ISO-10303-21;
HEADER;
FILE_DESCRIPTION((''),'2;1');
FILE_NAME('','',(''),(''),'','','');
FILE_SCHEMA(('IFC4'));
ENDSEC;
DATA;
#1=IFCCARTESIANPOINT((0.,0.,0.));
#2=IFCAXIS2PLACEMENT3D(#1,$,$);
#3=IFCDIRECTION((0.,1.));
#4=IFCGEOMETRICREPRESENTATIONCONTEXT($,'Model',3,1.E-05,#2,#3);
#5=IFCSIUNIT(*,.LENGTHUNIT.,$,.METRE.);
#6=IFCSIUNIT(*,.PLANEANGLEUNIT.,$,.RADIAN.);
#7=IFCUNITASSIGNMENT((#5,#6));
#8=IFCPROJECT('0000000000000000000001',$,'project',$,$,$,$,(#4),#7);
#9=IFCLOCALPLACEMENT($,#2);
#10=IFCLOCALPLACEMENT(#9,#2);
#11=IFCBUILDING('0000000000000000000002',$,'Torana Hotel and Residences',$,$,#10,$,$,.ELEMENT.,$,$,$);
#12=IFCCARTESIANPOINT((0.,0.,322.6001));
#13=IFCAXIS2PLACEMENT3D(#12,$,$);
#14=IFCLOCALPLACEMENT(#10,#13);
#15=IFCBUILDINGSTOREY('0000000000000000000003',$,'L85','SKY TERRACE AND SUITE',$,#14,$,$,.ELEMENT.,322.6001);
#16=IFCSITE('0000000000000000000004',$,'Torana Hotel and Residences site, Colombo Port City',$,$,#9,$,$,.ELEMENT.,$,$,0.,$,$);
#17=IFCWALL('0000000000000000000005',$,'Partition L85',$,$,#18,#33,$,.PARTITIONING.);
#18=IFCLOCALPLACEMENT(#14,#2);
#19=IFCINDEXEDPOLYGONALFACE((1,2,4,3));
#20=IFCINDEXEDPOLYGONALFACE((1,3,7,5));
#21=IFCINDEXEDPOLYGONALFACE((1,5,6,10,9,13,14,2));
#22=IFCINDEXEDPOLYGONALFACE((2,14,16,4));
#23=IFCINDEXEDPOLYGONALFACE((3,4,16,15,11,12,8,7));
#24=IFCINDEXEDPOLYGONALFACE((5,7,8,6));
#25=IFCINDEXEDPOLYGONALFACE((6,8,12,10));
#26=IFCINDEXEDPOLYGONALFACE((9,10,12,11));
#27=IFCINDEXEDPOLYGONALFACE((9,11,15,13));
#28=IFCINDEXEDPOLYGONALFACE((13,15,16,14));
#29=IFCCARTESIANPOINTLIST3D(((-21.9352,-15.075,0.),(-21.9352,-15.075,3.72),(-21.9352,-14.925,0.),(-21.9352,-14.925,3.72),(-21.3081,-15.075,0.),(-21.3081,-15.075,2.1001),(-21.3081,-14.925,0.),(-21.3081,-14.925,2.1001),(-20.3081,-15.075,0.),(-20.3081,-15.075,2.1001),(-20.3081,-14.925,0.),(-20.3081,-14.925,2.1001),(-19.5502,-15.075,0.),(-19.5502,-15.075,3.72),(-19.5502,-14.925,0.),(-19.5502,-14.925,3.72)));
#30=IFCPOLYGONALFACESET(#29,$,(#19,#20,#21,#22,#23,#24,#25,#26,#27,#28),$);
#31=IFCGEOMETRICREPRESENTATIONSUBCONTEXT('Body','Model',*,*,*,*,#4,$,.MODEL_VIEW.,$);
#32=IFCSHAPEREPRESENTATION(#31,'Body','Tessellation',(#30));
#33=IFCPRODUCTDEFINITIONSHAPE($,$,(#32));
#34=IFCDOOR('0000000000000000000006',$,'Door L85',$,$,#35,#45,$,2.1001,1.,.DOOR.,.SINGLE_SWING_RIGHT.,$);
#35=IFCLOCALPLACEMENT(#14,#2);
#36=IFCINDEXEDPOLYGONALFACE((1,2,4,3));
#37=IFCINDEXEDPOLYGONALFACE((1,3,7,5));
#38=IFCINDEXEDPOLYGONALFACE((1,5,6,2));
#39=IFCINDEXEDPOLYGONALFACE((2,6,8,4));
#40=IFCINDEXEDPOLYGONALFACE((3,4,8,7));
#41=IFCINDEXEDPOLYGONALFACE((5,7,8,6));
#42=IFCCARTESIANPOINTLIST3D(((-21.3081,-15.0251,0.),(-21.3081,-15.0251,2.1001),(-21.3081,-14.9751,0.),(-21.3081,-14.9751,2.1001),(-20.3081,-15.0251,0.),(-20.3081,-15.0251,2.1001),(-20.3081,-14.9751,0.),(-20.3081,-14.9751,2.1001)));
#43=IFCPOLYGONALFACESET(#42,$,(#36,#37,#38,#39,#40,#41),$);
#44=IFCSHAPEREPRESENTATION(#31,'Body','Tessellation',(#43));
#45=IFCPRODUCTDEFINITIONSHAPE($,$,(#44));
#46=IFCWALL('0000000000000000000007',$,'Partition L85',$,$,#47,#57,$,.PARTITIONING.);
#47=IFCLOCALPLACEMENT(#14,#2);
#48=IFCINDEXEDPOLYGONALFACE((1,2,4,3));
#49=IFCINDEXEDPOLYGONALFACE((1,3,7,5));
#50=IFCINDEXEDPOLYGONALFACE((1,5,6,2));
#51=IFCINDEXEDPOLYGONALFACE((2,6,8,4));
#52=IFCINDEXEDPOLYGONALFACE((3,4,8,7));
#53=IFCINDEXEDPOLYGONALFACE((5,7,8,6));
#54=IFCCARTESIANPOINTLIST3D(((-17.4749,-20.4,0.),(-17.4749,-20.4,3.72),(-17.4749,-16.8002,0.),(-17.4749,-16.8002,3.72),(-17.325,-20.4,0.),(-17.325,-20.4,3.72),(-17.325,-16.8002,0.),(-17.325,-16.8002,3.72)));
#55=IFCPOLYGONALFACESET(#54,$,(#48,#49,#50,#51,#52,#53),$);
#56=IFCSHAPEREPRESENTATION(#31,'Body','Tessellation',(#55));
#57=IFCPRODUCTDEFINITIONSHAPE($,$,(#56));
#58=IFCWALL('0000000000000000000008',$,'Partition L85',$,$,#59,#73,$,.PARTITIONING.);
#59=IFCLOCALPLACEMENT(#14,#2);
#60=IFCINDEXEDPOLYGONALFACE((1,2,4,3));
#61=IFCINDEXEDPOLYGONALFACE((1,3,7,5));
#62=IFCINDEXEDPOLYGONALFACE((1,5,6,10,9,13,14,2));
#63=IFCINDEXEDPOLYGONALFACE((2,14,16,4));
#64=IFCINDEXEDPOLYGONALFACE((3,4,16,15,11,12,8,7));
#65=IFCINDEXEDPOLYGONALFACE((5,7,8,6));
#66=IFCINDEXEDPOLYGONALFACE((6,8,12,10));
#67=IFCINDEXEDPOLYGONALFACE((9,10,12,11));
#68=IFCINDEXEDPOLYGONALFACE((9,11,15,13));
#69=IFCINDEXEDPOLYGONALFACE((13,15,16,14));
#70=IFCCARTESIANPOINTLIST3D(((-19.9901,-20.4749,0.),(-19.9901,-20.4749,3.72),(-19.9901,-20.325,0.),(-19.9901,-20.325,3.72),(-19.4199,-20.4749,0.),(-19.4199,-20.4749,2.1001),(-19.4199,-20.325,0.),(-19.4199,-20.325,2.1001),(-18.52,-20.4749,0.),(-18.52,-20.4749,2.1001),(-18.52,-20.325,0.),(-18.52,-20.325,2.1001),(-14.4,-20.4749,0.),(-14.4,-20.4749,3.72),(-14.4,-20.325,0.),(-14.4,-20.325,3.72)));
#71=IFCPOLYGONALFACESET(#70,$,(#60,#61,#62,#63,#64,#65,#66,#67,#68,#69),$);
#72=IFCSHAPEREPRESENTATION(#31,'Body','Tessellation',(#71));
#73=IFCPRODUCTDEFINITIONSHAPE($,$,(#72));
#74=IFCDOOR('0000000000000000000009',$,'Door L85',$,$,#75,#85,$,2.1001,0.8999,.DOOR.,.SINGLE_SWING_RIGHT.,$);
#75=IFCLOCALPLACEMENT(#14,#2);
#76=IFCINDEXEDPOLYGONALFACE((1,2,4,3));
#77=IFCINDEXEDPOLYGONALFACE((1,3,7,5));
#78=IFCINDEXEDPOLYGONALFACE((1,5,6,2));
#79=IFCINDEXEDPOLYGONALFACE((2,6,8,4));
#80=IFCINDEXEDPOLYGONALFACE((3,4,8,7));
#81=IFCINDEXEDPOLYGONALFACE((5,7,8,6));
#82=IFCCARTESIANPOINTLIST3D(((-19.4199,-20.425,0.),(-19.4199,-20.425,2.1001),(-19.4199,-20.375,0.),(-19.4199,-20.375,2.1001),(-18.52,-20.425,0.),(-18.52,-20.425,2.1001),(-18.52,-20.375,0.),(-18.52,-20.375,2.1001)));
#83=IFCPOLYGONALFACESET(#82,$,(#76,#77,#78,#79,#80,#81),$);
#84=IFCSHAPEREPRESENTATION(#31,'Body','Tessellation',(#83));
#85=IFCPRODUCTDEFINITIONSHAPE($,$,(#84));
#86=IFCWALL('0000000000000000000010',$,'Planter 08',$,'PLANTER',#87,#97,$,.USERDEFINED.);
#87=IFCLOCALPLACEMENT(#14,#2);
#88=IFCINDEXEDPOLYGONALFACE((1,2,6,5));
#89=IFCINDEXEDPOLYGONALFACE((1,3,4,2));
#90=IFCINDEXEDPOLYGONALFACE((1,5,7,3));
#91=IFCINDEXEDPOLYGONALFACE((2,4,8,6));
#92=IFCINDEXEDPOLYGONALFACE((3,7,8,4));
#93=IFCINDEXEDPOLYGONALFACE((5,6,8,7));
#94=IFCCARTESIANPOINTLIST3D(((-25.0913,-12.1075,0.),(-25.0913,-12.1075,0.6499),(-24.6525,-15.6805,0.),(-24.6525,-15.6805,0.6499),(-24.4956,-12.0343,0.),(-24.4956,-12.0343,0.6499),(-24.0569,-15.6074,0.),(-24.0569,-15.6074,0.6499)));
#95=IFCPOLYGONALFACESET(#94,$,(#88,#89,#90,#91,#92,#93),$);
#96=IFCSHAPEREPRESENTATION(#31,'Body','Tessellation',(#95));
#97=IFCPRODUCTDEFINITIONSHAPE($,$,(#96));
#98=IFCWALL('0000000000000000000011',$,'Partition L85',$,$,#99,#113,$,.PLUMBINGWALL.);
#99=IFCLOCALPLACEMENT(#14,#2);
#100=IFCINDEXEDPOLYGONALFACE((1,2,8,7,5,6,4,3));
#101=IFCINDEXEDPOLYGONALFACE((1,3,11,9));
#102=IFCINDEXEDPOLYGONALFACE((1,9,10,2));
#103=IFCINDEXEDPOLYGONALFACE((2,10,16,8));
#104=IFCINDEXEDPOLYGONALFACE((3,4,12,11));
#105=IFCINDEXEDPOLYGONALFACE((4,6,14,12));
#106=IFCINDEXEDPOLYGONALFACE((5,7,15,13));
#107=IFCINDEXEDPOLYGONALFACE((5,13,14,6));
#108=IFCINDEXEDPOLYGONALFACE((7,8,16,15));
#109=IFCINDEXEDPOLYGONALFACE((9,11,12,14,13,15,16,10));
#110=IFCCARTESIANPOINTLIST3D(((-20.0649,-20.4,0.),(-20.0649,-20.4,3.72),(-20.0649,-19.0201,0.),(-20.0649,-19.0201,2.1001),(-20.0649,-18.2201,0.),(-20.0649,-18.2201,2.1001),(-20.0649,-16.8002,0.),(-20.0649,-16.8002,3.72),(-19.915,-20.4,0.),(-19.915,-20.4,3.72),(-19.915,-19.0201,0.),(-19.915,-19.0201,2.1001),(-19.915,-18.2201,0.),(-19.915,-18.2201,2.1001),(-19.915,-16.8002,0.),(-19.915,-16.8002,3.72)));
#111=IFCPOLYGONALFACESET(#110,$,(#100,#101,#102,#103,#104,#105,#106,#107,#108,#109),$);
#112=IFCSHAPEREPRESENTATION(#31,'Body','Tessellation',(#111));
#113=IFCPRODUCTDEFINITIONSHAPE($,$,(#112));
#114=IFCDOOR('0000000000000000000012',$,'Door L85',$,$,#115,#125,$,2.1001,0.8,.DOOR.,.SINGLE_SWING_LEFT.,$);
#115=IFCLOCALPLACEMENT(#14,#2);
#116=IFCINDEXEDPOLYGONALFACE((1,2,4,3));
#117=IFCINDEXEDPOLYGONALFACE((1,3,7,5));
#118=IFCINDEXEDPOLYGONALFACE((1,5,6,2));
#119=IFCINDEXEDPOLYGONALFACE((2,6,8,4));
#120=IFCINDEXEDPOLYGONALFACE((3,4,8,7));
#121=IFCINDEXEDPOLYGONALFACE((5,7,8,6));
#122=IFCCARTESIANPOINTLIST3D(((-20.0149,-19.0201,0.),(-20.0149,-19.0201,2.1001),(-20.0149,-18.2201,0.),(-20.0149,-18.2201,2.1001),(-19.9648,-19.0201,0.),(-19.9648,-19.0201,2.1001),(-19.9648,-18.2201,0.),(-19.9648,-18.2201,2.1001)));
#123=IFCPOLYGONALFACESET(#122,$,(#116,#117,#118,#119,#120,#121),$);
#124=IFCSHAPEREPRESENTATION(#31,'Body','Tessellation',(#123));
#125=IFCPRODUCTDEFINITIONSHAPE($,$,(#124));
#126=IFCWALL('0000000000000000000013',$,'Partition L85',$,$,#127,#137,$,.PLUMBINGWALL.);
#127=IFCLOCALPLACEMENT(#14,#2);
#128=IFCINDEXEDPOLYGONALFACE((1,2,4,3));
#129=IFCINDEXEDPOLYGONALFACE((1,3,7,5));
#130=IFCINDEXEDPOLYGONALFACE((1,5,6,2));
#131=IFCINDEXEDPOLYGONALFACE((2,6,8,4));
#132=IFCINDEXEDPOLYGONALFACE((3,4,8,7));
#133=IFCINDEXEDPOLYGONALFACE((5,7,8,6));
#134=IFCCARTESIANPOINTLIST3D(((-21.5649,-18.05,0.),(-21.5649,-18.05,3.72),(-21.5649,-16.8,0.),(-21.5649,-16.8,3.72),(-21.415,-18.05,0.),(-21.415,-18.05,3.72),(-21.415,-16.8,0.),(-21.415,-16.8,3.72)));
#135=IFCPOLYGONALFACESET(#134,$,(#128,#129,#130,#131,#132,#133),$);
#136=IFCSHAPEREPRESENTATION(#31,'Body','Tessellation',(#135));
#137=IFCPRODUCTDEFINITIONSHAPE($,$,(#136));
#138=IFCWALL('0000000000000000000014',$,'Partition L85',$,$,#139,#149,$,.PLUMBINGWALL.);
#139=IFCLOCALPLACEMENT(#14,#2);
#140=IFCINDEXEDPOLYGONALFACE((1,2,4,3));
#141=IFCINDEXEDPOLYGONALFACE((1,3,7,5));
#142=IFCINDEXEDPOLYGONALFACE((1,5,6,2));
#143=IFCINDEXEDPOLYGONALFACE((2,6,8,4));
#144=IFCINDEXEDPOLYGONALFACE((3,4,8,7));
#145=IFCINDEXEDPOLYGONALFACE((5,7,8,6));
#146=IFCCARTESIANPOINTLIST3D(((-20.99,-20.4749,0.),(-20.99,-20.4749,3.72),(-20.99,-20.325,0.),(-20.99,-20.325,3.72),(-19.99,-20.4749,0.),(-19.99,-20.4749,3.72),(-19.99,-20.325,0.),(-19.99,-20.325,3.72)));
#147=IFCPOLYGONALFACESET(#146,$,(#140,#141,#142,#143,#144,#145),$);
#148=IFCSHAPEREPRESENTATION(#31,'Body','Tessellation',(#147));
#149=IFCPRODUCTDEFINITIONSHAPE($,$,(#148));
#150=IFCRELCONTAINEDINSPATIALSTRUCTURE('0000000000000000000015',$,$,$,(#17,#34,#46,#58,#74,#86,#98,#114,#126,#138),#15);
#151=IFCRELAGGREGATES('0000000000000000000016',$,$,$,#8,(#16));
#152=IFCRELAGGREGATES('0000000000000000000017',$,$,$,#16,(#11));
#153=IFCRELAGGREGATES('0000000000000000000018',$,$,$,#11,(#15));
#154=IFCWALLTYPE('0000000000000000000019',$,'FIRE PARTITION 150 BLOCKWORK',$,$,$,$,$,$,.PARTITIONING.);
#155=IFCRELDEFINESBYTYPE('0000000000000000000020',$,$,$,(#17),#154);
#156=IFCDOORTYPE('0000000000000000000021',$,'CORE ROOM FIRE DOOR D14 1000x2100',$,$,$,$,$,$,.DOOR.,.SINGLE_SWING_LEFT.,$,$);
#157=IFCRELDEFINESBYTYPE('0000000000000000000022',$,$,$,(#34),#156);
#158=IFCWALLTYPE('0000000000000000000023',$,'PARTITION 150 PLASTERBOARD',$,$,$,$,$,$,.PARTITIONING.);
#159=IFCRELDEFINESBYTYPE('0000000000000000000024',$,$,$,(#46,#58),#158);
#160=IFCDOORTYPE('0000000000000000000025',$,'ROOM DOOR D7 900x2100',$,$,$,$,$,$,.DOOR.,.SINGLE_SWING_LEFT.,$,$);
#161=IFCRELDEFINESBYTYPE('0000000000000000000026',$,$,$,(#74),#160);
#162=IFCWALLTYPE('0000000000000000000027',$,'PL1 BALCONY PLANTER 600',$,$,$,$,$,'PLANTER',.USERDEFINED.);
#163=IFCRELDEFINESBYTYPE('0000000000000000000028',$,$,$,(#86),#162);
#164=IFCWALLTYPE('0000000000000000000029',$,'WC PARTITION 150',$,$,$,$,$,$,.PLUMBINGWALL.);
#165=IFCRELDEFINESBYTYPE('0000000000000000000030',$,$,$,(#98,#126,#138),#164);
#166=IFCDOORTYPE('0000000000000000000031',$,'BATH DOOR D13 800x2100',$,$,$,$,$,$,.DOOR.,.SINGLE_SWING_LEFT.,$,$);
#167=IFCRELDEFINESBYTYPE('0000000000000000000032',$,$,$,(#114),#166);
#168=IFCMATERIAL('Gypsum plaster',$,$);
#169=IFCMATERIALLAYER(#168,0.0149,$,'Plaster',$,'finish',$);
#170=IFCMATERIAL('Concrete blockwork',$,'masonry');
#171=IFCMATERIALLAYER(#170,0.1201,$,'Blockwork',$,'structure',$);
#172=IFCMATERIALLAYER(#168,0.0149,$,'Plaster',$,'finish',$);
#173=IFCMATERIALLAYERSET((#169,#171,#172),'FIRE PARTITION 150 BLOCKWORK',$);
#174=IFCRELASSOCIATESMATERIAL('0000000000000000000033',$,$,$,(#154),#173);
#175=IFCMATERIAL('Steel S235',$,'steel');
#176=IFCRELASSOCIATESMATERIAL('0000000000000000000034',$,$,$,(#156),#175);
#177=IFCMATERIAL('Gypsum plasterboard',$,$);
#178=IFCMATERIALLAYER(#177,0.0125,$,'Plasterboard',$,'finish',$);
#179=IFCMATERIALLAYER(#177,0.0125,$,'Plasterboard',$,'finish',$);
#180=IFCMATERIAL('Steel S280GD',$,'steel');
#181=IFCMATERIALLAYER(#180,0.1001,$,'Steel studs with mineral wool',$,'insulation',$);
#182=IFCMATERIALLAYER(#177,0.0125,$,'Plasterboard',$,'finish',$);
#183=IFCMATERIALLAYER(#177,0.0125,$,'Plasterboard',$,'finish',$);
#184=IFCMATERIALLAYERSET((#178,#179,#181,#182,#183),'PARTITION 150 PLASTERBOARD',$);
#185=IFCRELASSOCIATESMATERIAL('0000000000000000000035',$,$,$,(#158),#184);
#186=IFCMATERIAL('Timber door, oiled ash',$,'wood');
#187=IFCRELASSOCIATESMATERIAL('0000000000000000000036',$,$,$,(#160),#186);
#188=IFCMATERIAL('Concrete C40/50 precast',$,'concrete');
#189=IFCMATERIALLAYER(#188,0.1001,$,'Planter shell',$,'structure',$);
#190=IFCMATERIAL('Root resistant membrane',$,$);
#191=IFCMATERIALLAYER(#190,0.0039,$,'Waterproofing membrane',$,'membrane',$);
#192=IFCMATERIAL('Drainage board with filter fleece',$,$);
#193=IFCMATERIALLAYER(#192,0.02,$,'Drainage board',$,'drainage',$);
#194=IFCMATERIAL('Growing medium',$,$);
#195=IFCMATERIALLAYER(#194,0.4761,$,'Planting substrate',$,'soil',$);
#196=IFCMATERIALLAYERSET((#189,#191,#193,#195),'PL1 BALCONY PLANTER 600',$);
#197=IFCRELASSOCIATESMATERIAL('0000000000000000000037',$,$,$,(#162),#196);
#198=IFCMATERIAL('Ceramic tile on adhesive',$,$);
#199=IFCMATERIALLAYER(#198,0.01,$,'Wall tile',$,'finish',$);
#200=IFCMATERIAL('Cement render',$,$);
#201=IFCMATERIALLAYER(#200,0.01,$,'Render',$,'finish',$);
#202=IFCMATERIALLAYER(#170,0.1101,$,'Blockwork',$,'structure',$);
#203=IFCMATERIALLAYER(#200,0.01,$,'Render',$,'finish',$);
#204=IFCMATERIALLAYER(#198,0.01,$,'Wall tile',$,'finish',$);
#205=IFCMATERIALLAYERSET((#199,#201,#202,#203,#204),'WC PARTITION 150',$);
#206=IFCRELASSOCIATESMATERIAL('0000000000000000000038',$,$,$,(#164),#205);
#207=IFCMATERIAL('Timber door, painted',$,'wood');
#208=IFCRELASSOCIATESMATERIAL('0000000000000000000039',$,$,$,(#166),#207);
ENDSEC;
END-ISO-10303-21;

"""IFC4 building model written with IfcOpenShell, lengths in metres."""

from ifc_helpers import new_model, si_unit, direction, frame, frame_2d, origin, place, context, subcontext, project, spatial, rectangle, extrude, material, layer, layer_set, type_object, element, fill, save


model = new_model("IFC4")

# Units and contexts
model_context = context("Model", 3, precision=1e-05, world=origin(), true_north=direction((0.0, 1.0)))
body_context = subcontext(model_context, "Body", "Model", "MODEL_VIEW")
ifc_project = project(units=[si_unit("LENGTHUNIT", "METRE"), si_unit("PLANEANGLEUNIT", "RADIAN")], contexts=[model_context])

# Site, building, storey
site_placement = place(None, origin())
site = spatial("IfcSite", under=ifc_project, at=site_placement, Name="Torana Hotel and Residences site, Colombo Port City", CompositionType="ELEMENT", RefElevation=0.0)
building_placement = place(site_placement, origin())
building = spatial("IfcBuilding", under=site, at=building_placement, Name="Torana Hotel and Residences", CompositionType="ELEMENT")
storey_placement = place(building_placement, frame((0.0, 0.0, 322.6001)))
storey = spatial("IfcBuildingStorey", under=building, at=storey_placement, Name="L85", Description="SKY TERRACE AND SUITE", CompositionType="ELEMENT", Elevation=322.6001)

# Shared definitions
ifc_material_1 = material(Name="Gypsum plaster")
ifc_layer_1 = layer(ifc_material_1, 0.0149, Name="Plaster", Category="finish")
ifc_material_2 = material(Name="Concrete blockwork", Category="masonry")
ifc_layer_2 = layer(ifc_material_2, 0.1201, Name="Blockwork", Category="structure")
ifc_layer_3 = layer(ifc_material_1, 0.0149, Name="Plaster", Category="finish")
ifc_layer_set_1 = layer_set([ifc_layer_1, ifc_layer_2, ifc_layer_3], Name="FIRE PARTITION 150 BLOCKWORK")
wall_type_1 = type_object("IfcWallType", Name="FIRE PARTITION 150 BLOCKWORK", PredefinedType="PARTITIONING", material=ifc_layer_set_1)

# Wall, opening, door
wall_1_placement = place(storey_placement, frame((-21.9351, -15.0, 0.0), z_axis=(0.0, 0.0, 1.0), x_axis=(1.0, 0.0, 0.0)))
wall_1 = element("IfcWall", 1, at=wall_1_placement, inside=storey, type_object=wall_type_1, Name="Partition L85", PredefinedType="PARTITIONING", context=body_context, shape_type="SweptSolid", body=[
    extrude(rectangle(XDim=2.385, YDim=0.1499, at=frame_2d((1.1924, 0.0))), origin(), (0.0, 0.0, 1.0), 3.72),
])
opening_1_placement = place(wall_1_placement, frame((0.627, 0.0, 0.0)))
opening_1 = element("IfcOpeningElement", 2, at=opening_1_placement, cuts=wall_1, PredefinedType="OPENING", context=body_context, shape_type="SweptSolid", body=[
    extrude(rectangle(XDim=1.0, YDim=2.1001, at=frame_2d((0.5, 1.05))), frame((0.0, 0.085, 0.0), z_axis=(0.0, -1.0, 0.0), x_axis=(1.0, 0.0, 0.0)), (0.0, 0.0, 1.0), 0.1699),
])
ifc_material_3 = material(Name="Steel S235", Category="steel")
door_type_1 = type_object("IfcDoorType", Name="CORE ROOM FIRE DOOR D14 1000x2100", OperationType="SINGLE_SWING_LEFT", PredefinedType="DOOR", material=ifc_material_3)
door_1_placement = place(opening_1_placement, origin())
door_1 = element("IfcDoor", 3, at=door_1_placement, inside=storey, type_object=door_type_1, Name="Door L85", OperationType="SINGLE_SWING_RIGHT", OverallHeight=2.1001, OverallWidth=1.0, PredefinedType="DOOR", context=body_context, shape_type="SweptSolid", body=[
    extrude(rectangle(XDim=1.0, YDim=2.1001, at=frame_2d((0.5, 1.05))), frame((0.0, 0.0249, 0.0), z_axis=(0.0, -1.0, 0.0), x_axis=(1.0, 0.0, 0.0)), (0.0, 0.0, 1.0), 0.05),
])
fill(opening_1, door_1)

# Wall
ifc_material_4 = material(Name="Gypsum plasterboard")
ifc_layer_4 = layer(ifc_material_4, 0.0125, Name="Plasterboard", Category="finish")
ifc_layer_5 = layer(ifc_material_4, 0.0125, Name="Plasterboard", Category="finish")
ifc_material_5 = material(Name="Steel S280GD", Category="steel")
ifc_layer_6 = layer(ifc_material_5, 0.1001, Name="Steel studs with mineral wool", Category="insulation")
ifc_layer_7 = layer(ifc_material_4, 0.0125, Name="Plasterboard", Category="finish")
ifc_layer_8 = layer(ifc_material_4, 0.0125, Name="Plasterboard", Category="finish")
ifc_layer_set_2 = layer_set([ifc_layer_4, ifc_layer_5, ifc_layer_6, ifc_layer_7, ifc_layer_8], Name="PARTITION 150 PLASTERBOARD")
wall_type_2 = type_object("IfcWallType", Name="PARTITION 150 PLASTERBOARD", PredefinedType="PARTITIONING", material=ifc_layer_set_2)
wall_2_placement = place(storey_placement, frame((-17.3999, -20.3999, 0.0), z_axis=(0.0, 0.0, 1.0), x_axis=(0.0, 1.0, 0.0)))
element("IfcWall", 4, at=wall_2_placement, inside=storey, type_object=wall_type_2, Name="Partition L85", PredefinedType="PARTITIONING", context=body_context, shape_type="SweptSolid", body=[
    extrude(rectangle(XDim=3.5999, YDim=0.1499, at=frame_2d((1.7998, 0.0))), origin(), (0.0, 0.0, 1.0), 3.72),
])

# Wall, opening, door
wall_3_placement = place(storey_placement, frame((-19.99, -20.3999, 0.0), z_axis=(0.0, 0.0, 1.0), x_axis=(1.0, 0.0, 0.0)))
wall_3 = element("IfcWall", 5, at=wall_3_placement, inside=storey, type_object=wall_type_2, Name="Partition L85", PredefinedType="PARTITIONING", context=body_context, shape_type="SweptSolid", body=[
    extrude(rectangle(XDim=5.5901, YDim=0.1499, at=frame_2d((2.7949, 0.0))), origin(), (0.0, 0.0, 1.0), 3.72),
])
opening_2_placement = place(wall_3_placement, frame((0.5701, 0.0, 0.0)))
opening_2 = element("IfcOpeningElement", 6, at=opening_2_placement, cuts=wall_3, PredefinedType="OPENING", context=body_context, shape_type="SweptSolid", body=[
    extrude(rectangle(XDim=0.8999, YDim=2.1001, at=frame_2d((0.45, 1.05))), frame((0.0, 0.085, 0.0), z_axis=(0.0, -1.0, 0.0), x_axis=(1.0, 0.0, 0.0)), (0.0, 0.0, 1.0), 0.1699),
])
ifc_material_6 = material(Name="Timber door, oiled ash", Category="wood")
door_type_2 = type_object("IfcDoorType", Name="ROOM DOOR D7 900x2100", OperationType="SINGLE_SWING_LEFT", PredefinedType="DOOR", material=ifc_material_6)
door_2_placement = place(opening_2_placement, origin())
door_2 = element("IfcDoor", 7, at=door_2_placement, inside=storey, type_object=door_type_2, Name="Door L85", OperationType="SINGLE_SWING_RIGHT", OverallHeight=2.1001, OverallWidth=0.8999, PredefinedType="DOOR", context=body_context, shape_type="SweptSolid", body=[
    extrude(rectangle(XDim=0.8999, YDim=2.1001, at=frame_2d((0.45, 1.05))), frame((0.0, 0.0249, 0.0), z_axis=(0.0, -1.0, 0.0), x_axis=(1.0, 0.0, 0.0)), (0.0, 0.0, 1.0), 0.05),
])
fill(opening_2, door_2)

# Wall
ifc_material_7 = material(Name="Concrete C40/50 precast", Category="concrete")
ifc_layer_9 = layer(ifc_material_7, 0.1001, Name="Planter shell", Category="structure")
ifc_material_8 = material(Name="Root resistant membrane")
ifc_layer_10 = layer(ifc_material_8, 0.0039, Name="Waterproofing membrane", Category="membrane")
ifc_material_9 = material(Name="Drainage board with filter fleece")
ifc_layer_11 = layer(ifc_material_9, 0.02, Name="Drainage board", Category="drainage")
ifc_material_10 = material(Name="Growing medium")
ifc_layer_12 = layer(ifc_material_10, 0.4761, Name="Planting substrate", Category="soil")
ifc_layer_set_3 = layer_set([ifc_layer_9, ifc_layer_10, ifc_layer_11, ifc_layer_12], Name="PL1 BALCONY PLANTER 600")
wall_type_3 = type_object("IfcWallType", Name="PL1 BALCONY PLANTER 600", ElementType="PLANTER", PredefinedType="USERDEFINED", material=ifc_layer_set_3)
wall_4_placement = place(storey_placement, frame((-24.3547, -15.6438, 0.0), z_axis=(0.0, 0.0, 1.0), x_axis=(-0.121873, 0.992546, 0.0)))
element("IfcWall", 8, at=wall_4_placement, inside=storey, type_object=wall_type_3, Name="Planter 08", ObjectType="PLANTER", PredefinedType="USERDEFINED", context=body_context, shape_type="SweptSolid", body=[
    extrude(rectangle(XDim=3.5999, YDim=0.6001, at=frame_2d((1.7998, 0.0))), origin(), (0.0, 0.0, 1.0), 0.6499),
])

# Wall, opening, door
ifc_material_11 = material(Name="Ceramic tile on adhesive")
ifc_layer_13 = layer(ifc_material_11, 0.01, Name="Wall tile", Category="finish")
ifc_material_12 = material(Name="Cement render")
ifc_layer_14 = layer(ifc_material_12, 0.01, Name="Render", Category="finish")
ifc_layer_15 = layer(ifc_material_2, 0.1101, Name="Blockwork", Category="structure")
ifc_layer_16 = layer(ifc_material_12, 0.01, Name="Render", Category="finish")
ifc_layer_17 = layer(ifc_material_11, 0.01, Name="Wall tile", Category="finish")
ifc_layer_set_4 = layer_set([ifc_layer_13, ifc_layer_14, ifc_layer_15, ifc_layer_16, ifc_layer_17], Name="WC PARTITION 150")
wall_type_4 = type_object("IfcWallType", Name="WC PARTITION 150", PredefinedType="PLUMBINGWALL", material=ifc_layer_set_4)
wall_5_placement = place(storey_placement, frame((-19.99, -20.3999, 0.0), z_axis=(0.0, 0.0, 1.0), x_axis=(0.0, 1.0, 0.0)))
wall_5 = element("IfcWall", 9, at=wall_5_placement, inside=storey, type_object=wall_type_4, Name="Partition L85", PredefinedType="PLUMBINGWALL", context=body_context, shape_type="SweptSolid", body=[
    extrude(rectangle(XDim=3.5999, YDim=0.1499, at=frame_2d((1.7998, 0.0))), origin(), (0.0, 0.0, 1.0), 3.72),
])
opening_3_placement = place(wall_5_placement, frame((1.3799, 0.0, 0.0)))
opening_3 = element("IfcOpeningElement", 10, at=opening_3_placement, cuts=wall_5, PredefinedType="OPENING", context=body_context, shape_type="SweptSolid", body=[
    extrude(rectangle(XDim=0.8, YDim=2.1001, at=frame_2d((0.3999, 1.05))), frame((0.0, 0.085, 0.0), z_axis=(0.0, -1.0, 0.0), x_axis=(1.0, 0.0, 0.0)), (0.0, 0.0, 1.0), 0.1699),
])
ifc_material_13 = material(Name="Timber door, painted", Category="wood")
door_type_3 = type_object("IfcDoorType", Name="BATH DOOR D13 800x2100", OperationType="SINGLE_SWING_LEFT", PredefinedType="DOOR", material=ifc_material_13)
door_3_placement = place(opening_3_placement, origin())
door_3 = element("IfcDoor", 11, at=door_3_placement, inside=storey, type_object=door_type_3, Name="Door L85", OperationType="SINGLE_SWING_LEFT", OverallHeight=2.1001, OverallWidth=0.8, PredefinedType="DOOR", context=body_context, shape_type="SweptSolid", body=[
    extrude(rectangle(XDim=0.8, YDim=2.1001, at=frame_2d((0.3999, 1.05))), frame((0.0, 0.0249, 0.0), z_axis=(0.0, -1.0, 0.0), x_axis=(1.0, 0.0, 0.0)), (0.0, 0.0, 1.0), 0.05),
])
fill(opening_3, door_3)

# Walls
wall_6_placement = place(storey_placement, frame((-21.49, -18.05, 0.0), z_axis=(0.0, 0.0, 1.0), x_axis=(0.0, 1.0, 0.0)))
element("IfcWall", 12, at=wall_6_placement, inside=storey, type_object=wall_type_4, Name="Partition L85", PredefinedType="PLUMBINGWALL", context=body_context, shape_type="SweptSolid", body=[
    extrude(rectangle(XDim=1.25, YDim=0.1499, at=frame_2d((0.625, 0.0))), origin(), (0.0, 0.0, 1.0), 3.72),
])
wall_7_placement = place(storey_placement, frame((-20.99, -20.3999, 0.0), z_axis=(0.0, 0.0, 1.0), x_axis=(1.0, 0.0, 0.0)))
element("IfcWall", 13, at=wall_7_placement, inside=storey, type_object=wall_type_4, Name="Partition L85", PredefinedType="PLUMBINGWALL", context=body_context, shape_type="SweptSolid", body=[
    extrude(rectangle(XDim=1.0, YDim=0.1499, at=frame_2d((0.5, 0.0))), origin(), (0.0, 0.0, 1.0), 3.72),
])

save(model, "model.ifc")
